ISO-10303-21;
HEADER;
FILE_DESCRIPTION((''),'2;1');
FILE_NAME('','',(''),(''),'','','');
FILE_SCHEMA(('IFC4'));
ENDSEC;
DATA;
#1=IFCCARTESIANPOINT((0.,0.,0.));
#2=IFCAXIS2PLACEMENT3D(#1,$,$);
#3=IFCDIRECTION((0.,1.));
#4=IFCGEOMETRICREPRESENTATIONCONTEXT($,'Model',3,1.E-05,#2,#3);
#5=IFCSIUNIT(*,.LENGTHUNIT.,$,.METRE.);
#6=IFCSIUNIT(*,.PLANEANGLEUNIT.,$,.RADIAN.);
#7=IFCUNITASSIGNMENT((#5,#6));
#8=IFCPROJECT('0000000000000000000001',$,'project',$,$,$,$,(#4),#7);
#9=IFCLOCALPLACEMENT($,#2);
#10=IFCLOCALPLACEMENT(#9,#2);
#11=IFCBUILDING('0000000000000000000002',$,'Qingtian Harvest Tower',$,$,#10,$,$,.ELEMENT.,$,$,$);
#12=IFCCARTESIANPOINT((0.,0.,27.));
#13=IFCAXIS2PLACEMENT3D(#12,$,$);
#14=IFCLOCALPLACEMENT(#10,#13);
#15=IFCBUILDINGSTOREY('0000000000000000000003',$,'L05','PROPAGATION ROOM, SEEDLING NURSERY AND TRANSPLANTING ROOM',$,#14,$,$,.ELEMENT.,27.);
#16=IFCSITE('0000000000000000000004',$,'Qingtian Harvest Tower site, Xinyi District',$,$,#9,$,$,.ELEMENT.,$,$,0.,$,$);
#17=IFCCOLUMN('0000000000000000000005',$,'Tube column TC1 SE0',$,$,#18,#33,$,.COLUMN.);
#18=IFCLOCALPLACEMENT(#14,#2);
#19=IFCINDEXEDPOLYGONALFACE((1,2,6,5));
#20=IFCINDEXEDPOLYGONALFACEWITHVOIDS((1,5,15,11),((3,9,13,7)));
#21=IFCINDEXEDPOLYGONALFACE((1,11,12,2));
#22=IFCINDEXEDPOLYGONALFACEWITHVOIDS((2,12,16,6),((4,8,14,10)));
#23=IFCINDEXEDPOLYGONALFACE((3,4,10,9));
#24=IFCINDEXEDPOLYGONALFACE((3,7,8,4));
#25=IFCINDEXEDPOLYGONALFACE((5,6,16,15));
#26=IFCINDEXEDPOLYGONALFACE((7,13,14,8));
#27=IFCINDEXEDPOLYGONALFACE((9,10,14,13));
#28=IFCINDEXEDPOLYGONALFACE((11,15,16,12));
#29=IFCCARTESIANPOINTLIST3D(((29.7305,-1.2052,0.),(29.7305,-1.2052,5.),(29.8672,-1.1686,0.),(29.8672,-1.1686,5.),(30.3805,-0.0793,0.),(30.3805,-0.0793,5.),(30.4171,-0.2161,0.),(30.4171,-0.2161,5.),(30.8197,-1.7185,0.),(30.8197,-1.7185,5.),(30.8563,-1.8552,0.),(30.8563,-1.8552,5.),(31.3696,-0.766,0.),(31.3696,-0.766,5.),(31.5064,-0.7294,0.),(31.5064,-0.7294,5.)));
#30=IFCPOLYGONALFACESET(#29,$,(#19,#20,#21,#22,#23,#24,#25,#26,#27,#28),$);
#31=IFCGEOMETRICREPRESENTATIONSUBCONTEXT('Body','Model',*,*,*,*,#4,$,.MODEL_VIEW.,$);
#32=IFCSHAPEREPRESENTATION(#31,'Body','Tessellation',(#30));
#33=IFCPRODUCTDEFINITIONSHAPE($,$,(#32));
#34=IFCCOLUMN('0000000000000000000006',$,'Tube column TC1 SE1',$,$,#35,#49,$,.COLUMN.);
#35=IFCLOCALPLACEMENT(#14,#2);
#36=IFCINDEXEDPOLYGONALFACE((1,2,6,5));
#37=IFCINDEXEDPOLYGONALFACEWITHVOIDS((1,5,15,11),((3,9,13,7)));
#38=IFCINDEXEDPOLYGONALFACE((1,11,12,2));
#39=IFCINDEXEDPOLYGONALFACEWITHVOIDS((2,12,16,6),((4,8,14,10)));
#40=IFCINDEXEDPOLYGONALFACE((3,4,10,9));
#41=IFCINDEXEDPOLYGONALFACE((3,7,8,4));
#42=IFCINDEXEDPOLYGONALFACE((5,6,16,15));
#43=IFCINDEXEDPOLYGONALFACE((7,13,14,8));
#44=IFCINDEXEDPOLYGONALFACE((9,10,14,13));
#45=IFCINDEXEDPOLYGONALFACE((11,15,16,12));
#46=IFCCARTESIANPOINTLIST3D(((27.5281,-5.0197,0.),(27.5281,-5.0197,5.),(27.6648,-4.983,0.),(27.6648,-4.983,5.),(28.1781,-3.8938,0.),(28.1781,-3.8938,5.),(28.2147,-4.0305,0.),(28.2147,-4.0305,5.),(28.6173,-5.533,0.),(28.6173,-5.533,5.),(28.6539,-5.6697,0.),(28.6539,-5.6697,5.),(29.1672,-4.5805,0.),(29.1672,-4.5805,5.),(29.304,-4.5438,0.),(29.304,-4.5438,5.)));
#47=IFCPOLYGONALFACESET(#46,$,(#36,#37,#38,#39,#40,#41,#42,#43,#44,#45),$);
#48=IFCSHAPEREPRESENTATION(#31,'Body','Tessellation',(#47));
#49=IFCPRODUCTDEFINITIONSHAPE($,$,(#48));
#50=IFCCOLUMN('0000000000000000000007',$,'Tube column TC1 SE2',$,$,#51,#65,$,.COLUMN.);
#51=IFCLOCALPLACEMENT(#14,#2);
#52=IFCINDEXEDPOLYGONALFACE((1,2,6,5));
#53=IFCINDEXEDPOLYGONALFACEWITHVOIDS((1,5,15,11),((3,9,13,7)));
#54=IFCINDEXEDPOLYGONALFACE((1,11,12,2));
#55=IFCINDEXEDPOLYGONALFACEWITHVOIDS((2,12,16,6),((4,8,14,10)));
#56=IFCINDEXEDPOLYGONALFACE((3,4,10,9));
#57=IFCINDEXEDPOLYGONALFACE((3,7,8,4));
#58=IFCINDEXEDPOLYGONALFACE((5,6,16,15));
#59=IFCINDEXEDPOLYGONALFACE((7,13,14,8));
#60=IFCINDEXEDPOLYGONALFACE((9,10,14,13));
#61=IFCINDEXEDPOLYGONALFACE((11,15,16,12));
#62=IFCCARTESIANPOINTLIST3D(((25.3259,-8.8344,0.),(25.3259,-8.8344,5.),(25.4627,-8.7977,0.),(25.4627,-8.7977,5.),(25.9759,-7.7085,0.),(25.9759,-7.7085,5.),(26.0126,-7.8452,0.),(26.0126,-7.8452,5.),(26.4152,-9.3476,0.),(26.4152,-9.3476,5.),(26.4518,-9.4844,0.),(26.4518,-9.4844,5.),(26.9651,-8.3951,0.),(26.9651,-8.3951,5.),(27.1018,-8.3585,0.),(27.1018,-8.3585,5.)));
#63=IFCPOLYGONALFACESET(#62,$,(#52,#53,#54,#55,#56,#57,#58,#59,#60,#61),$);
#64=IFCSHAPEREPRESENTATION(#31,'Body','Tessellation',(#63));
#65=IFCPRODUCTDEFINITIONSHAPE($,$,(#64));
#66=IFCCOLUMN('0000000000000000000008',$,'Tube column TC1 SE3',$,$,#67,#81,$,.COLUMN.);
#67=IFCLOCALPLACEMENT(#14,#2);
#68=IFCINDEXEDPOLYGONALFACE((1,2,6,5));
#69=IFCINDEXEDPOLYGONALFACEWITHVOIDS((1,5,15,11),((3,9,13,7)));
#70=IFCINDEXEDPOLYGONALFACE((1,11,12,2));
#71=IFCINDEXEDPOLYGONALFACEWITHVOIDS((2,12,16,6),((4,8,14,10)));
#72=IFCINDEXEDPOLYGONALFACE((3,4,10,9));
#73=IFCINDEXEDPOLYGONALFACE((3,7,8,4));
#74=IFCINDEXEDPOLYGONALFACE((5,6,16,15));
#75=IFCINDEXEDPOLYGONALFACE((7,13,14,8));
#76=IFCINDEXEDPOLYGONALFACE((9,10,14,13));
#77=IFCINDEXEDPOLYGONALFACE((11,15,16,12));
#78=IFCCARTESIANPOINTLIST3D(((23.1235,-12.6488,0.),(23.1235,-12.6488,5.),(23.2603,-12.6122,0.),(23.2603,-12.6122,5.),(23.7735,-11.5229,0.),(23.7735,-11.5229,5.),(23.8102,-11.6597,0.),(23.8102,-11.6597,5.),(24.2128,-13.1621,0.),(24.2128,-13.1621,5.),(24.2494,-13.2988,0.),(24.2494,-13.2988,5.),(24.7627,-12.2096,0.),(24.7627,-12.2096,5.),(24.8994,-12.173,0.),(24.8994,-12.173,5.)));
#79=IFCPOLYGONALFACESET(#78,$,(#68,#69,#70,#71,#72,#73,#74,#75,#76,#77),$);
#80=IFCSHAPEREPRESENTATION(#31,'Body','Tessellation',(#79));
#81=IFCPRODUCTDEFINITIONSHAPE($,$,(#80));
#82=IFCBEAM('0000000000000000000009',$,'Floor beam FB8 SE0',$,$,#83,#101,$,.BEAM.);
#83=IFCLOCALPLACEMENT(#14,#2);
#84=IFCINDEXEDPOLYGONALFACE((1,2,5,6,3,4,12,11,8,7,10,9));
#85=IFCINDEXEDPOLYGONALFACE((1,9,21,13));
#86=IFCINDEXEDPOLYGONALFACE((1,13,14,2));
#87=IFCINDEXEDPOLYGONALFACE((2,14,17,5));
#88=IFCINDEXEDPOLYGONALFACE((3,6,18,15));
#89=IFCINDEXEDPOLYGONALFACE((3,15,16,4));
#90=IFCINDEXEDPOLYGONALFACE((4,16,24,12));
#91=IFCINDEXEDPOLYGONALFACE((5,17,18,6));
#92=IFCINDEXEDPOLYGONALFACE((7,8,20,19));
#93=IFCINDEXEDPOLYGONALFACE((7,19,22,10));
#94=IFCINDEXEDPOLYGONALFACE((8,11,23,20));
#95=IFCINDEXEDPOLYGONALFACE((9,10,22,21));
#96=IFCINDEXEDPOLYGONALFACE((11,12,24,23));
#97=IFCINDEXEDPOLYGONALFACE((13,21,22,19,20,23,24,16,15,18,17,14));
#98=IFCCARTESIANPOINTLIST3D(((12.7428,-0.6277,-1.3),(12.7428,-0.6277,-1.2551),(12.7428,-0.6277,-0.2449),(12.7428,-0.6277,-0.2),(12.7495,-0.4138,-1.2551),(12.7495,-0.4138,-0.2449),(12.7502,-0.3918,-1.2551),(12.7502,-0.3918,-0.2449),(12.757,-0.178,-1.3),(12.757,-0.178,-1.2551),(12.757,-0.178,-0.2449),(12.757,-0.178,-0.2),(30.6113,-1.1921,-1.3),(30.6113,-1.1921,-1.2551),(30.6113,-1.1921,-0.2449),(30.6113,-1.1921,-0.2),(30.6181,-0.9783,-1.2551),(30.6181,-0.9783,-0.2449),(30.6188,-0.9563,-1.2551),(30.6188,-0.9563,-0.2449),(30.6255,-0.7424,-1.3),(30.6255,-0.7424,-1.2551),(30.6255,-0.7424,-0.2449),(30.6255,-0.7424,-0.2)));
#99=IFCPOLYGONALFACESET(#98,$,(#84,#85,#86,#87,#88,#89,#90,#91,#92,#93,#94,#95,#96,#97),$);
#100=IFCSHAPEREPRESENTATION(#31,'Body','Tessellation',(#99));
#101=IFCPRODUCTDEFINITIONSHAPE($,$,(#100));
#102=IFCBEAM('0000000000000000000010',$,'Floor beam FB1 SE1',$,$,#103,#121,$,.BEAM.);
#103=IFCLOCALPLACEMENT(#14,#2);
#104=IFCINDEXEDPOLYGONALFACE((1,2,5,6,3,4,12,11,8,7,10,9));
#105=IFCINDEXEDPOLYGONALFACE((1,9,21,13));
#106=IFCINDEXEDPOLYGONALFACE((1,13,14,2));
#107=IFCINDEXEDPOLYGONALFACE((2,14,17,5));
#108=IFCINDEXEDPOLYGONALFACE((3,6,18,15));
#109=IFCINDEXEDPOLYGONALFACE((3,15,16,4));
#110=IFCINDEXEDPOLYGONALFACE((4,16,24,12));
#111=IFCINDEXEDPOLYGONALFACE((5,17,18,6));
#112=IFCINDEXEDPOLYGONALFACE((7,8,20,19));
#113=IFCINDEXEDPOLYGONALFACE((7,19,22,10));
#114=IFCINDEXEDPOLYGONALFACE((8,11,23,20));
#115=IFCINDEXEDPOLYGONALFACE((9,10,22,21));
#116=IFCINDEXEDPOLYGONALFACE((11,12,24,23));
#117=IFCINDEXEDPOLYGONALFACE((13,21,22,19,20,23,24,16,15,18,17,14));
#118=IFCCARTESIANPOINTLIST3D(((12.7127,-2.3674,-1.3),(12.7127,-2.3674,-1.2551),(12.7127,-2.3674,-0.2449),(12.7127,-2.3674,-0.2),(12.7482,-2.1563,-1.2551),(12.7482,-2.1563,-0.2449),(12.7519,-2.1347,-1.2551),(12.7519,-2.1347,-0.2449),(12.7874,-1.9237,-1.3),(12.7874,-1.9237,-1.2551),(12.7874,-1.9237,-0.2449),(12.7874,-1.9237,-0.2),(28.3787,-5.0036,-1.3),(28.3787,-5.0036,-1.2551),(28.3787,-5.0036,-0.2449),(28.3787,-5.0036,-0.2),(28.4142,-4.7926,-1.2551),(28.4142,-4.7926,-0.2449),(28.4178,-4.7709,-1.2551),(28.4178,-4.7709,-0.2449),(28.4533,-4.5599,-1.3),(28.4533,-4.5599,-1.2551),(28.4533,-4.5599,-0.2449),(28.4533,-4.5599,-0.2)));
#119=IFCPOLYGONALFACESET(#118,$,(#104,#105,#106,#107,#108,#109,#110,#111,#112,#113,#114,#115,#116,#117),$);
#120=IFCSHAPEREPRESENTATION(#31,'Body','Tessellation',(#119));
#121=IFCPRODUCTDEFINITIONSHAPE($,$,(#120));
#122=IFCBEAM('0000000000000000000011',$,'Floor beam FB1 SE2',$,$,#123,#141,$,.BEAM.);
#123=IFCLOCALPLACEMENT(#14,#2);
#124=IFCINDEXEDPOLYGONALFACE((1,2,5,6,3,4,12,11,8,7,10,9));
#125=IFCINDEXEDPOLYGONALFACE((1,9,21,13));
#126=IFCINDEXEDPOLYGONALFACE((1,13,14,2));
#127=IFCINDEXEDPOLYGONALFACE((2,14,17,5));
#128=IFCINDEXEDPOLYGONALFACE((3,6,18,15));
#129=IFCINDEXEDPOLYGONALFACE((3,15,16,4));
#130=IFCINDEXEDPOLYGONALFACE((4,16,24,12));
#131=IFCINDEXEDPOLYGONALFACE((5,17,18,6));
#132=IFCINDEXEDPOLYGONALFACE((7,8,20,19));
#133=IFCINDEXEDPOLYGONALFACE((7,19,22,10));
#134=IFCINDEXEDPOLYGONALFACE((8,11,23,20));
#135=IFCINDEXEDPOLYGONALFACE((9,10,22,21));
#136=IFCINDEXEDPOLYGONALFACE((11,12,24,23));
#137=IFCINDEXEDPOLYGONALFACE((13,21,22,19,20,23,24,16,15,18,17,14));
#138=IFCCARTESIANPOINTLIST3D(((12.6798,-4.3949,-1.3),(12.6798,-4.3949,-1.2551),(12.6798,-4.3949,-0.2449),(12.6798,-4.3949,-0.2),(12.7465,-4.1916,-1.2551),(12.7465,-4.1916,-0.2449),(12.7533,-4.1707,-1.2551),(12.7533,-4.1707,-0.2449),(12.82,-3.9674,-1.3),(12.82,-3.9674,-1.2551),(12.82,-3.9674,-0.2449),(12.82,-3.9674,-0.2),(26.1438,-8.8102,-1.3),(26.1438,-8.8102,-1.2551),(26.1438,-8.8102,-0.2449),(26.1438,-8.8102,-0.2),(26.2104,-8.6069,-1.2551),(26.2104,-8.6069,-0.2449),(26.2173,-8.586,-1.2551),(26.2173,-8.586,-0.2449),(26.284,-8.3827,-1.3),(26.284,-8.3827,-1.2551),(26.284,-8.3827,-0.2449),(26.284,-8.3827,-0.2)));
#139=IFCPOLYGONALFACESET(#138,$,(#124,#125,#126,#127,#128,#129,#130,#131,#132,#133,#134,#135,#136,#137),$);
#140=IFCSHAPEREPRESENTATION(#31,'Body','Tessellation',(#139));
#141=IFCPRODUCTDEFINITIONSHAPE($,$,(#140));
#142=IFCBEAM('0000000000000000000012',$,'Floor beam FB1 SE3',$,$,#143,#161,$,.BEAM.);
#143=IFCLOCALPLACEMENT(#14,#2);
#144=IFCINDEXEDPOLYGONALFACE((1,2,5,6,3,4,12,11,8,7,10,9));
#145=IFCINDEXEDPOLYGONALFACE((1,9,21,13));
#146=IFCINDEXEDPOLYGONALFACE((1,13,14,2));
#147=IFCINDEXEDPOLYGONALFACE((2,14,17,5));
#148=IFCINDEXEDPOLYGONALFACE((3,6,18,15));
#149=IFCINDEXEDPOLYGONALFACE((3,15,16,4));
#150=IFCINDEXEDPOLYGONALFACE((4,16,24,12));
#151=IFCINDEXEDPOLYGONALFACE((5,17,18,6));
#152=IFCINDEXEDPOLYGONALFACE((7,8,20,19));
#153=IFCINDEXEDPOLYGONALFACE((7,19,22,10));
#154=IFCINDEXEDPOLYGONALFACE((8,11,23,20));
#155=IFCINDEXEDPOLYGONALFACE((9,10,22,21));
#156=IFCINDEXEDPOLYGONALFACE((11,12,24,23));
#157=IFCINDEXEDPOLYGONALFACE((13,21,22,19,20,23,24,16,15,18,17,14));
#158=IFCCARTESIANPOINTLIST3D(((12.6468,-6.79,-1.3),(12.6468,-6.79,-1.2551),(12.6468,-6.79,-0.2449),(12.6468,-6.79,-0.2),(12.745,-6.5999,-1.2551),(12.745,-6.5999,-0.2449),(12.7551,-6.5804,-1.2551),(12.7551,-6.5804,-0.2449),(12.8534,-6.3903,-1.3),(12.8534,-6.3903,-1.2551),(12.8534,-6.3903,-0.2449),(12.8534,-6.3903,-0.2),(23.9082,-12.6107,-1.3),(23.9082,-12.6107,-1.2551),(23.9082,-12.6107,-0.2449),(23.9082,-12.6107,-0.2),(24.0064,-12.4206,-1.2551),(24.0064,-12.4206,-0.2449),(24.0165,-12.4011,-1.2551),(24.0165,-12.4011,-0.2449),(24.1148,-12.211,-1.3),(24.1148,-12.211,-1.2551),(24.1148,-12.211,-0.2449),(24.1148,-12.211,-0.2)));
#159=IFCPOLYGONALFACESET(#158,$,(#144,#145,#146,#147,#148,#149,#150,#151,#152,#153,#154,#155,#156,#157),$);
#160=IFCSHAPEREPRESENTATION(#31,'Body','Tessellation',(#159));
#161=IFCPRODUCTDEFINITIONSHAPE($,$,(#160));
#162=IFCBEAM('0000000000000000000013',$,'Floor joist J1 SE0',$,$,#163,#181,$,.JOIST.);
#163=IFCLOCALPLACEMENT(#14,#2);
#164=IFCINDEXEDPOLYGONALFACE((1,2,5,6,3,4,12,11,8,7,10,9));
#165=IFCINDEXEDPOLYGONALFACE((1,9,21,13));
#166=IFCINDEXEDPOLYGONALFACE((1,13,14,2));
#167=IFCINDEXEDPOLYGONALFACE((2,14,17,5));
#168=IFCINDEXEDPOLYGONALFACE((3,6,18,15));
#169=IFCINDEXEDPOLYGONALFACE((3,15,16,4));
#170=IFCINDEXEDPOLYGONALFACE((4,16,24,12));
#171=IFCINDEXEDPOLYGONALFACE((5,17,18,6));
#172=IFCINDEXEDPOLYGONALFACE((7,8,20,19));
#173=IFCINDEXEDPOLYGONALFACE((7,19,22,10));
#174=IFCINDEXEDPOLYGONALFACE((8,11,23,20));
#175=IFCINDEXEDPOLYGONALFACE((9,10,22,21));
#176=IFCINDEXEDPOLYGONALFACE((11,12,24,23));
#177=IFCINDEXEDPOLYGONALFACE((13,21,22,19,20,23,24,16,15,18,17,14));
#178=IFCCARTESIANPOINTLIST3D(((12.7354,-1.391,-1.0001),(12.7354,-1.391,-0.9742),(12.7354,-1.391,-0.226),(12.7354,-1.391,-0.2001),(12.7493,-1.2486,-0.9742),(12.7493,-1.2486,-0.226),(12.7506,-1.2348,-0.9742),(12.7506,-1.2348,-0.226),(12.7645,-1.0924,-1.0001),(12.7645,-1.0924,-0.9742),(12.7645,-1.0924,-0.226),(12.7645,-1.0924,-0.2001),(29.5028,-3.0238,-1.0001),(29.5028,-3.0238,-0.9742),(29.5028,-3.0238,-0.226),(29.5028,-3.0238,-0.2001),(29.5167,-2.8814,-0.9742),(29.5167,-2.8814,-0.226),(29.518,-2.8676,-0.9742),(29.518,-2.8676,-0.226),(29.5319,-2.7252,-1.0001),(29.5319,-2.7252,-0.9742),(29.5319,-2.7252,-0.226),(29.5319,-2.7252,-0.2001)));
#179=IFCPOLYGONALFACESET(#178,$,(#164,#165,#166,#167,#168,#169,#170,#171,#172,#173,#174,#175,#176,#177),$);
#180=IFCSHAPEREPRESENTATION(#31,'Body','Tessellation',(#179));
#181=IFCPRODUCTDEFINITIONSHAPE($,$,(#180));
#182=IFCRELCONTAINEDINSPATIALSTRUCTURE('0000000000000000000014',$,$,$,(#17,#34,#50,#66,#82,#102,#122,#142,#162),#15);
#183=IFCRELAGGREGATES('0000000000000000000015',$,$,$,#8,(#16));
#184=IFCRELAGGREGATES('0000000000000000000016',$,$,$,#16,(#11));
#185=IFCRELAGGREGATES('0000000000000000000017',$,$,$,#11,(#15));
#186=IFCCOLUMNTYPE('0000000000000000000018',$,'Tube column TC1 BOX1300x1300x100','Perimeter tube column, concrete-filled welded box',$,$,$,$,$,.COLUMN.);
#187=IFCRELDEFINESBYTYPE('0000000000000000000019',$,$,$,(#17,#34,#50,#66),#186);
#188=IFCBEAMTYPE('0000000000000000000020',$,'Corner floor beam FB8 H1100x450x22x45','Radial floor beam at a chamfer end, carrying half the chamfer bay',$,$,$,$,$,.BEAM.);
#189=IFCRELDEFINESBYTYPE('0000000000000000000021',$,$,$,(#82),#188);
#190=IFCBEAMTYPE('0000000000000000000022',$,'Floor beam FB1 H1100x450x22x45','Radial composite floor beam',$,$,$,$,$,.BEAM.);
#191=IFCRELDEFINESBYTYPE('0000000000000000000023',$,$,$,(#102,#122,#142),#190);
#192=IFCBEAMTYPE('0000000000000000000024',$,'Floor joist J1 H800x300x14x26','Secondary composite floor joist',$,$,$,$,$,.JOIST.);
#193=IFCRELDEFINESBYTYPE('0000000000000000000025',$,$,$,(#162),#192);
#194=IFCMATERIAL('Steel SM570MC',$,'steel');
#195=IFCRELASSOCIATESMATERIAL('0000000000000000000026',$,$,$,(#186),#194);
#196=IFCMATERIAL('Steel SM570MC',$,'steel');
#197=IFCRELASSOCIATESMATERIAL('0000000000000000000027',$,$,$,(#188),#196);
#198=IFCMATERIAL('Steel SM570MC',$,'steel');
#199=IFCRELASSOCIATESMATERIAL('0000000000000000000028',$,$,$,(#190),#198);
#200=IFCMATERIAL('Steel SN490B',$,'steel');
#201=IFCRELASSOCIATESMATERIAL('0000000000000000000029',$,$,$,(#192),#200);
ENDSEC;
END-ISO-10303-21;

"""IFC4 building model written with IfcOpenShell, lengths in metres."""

from ifc_helpers import new_model, si_unit, direction, frame, origin, origin_2d, place, context, subcontext, project, spatial, hollow_rectangle, i_section, extrude, material, material_profile, profile_set, type_object, element, save


model = new_model("IFC4")

# Units and contexts
model_context = context("Model", 3, precision=1e-05, world=origin(), true_north=direction((0.0, 1.0)))
body_context = subcontext(model_context, "Body", "Model", "MODEL_VIEW")
ifc_project = project(units=[si_unit("LENGTHUNIT", "METRE"), si_unit("PLANEANGLEUNIT", "RADIAN")], contexts=[model_context])

# Site, building, storey
site_placement = place(None, origin())
site = spatial("IfcSite", under=ifc_project, at=site_placement, Name="Qingtian Harvest Tower site, Xinyi District", CompositionType="ELEMENT", RefElevation=0.0)
building_placement = place(site_placement, origin())
building = spatial("IfcBuilding", under=site, at=building_placement, Name="Qingtian Harvest Tower", CompositionType="ELEMENT")
storey_placement = place(building_placement, frame((0.0, 0.0, 27.0)))
storey = spatial("IfcBuildingStorey", under=building, at=storey_placement, Name="L05", Description="PROPAGATION ROOM, SEEDLING NURSERY AND TRANSPLANTING ROOM", CompositionType="ELEMENT", Elevation=27.0)

# Columns
ifc_material_1 = material(Name="Steel SM570MC", Category="steel")
ifc_material_profile_1 = material_profile(ifc_material_1, hollow_rectangle(XDim=1.3, YDim=1.3, WallThickness=0.1001, at=origin_2d()), Name="BOX1300x1300x100")
ifc_profile_set_1 = profile_set([ifc_material_profile_1], Name="Steel SM570MC")
column_type = type_object("IfcColumnType", Name="Tube column TC1 BOX1300x1300x100", Description="Perimeter tube column, concrete-filled welded box", PredefinedType="COLUMN", material=ifc_profile_set_1)
for number, where, z_axis, x_axis, name in (
    (1, (30.6184, -0.9673, 0.0), (0.0, 0.0, 1.0), (0.5, 0.866025, 0.0), "Tube column TC1 SE0"),
    (2, (28.416, -4.7817, 0.0), (0.0, 0.0, 1.0), (0.5, 0.866025, 0.0), "Tube column TC1 SE1"),
    (3, (26.2139, -8.5964, 0.0), (0.0, 0.0, 1.0), (0.5, 0.866025, 0.0), "Tube column TC1 SE2"),
    (4, (24.0115, -12.4109, 0.0), (0.0, 0.0, 1.0), (0.5, 0.866025, 0.0), "Tube column TC1 SE3"),
):
    element("IfcColumn", number, at=place(storey_placement, frame(where, z_axis=z_axis, x_axis=x_axis)), inside=storey, type_object=column_type, Name=name, PredefinedType="COLUMN", context=body_context, shape_type="SweptSolid", body=[
        extrude(hollow_rectangle(XDim=1.3, YDim=1.3, WallThickness=0.1001, at=origin_2d()), origin(), (0.0, 0.0, 1.0), 5.0),
    ])

# Beams
ifc_material_2 = material(Name="Steel SM570MC", Category="steel")
ifc_material_profile_2 = material_profile(ifc_material_2, i_section(OverallWidth=0.45, OverallDepth=1.1001, WebThickness=0.022, FlangeThickness=0.0449, at=origin_2d()), Name="H1100x450x22x45")
ifc_profile_set_2 = profile_set([ifc_material_profile_2], Name="Steel SM570MC")
beam_type_1 = type_object("IfcBeamType", Name="Corner floor beam FB8 H1100x450x22x45", Description="Radial floor beam at a chamfer end, carrying half the chamfer bay", PredefinedType="BEAM", material=ifc_profile_set_2)
beam_1_placement = place(storey_placement, frame((30.6184, -0.9673, -0.75), z_axis=(-0.999501, 0.031574, 0.0), x_axis=(-0.031574, -0.999501, 0.0)))
element("IfcBeam", 5, at=beam_1_placement, inside=storey, type_object=beam_type_1, Name="Floor beam FB8 SE0", PredefinedType="BEAM", context=body_context, shape_type="SweptSolid", body=[
    extrude(i_section(OverallWidth=0.45, OverallDepth=1.1001, WebThickness=0.022, FlangeThickness=0.0449, at=origin_2d()), origin(), (0.0, 0.0, 1.0), 17.8774),
])
ifc_material_3 = material(Name="Steel SM570MC", Category="steel")
ifc_material_profile_3 = material_profile(ifc_material_3, i_section(OverallWidth=0.45, OverallDepth=1.1001, WebThickness=0.022, FlangeThickness=0.0449, at=origin_2d()), Name="H1100x450x22x45")
ifc_profile_set_3 = profile_set([ifc_material_profile_3], Name="Steel SM570MC")
beam_type_2 = type_object("IfcBeamType", Name="Floor beam FB1 H1100x450x22x45", Description="Radial composite floor beam", PredefinedType="BEAM", material=ifc_profile_set_3)
beam_2_placement = place(storey_placement, frame((28.416, -4.7817, -0.75), z_axis=(-0.986135, 0.165944, 0.0), x_axis=(-0.165944, -0.986135, 0.0)))
element("IfcBeam", 6, at=beam_2_placement, inside=storey, type_object=beam_type_2, Name="Floor beam FB1 SE1", PredefinedType="BEAM", context=body_context, shape_type="SweptSolid", body=[
    extrude(i_section(OverallWidth=0.45, OverallDepth=1.1001, WebThickness=0.022, FlangeThickness=0.0449, at=origin_2d()), origin(), (0.0, 0.0, 1.0), 15.8862),
])
beam_3_placement = place(storey_placement, frame((26.2139, -8.5964, -0.75), z_axis=(-0.950211, 0.311608, 0.0), x_axis=(-0.311608, -0.950211, 0.0)))
element("IfcBeam", 7, at=beam_3_placement, inside=storey, type_object=beam_type_2, Name="Floor beam FB1 SE2", PredefinedType="BEAM", context=body_context, shape_type="SweptSolid", body=[
    extrude(i_section(OverallWidth=0.45, OverallDepth=1.1001, WebThickness=0.022, FlangeThickness=0.0449, at=origin_2d()), origin(), (0.0, 0.0, 1.0), 14.1694),
])
beam_4_placement = place(storey_placement, frame((24.0115, -12.4109, -0.75), z_axis=(-0.88835, 0.459168, 0.0), x_axis=(-0.459168, -0.88835, 0.0)))
element("IfcBeam", 8, at=beam_4_placement, inside=storey, type_object=beam_type_2, Name="Floor beam FB1 SE3", PredefinedType="BEAM", context=body_context, shape_type="SweptSolid", body=[
    extrude(i_section(OverallWidth=0.45, OverallDepth=1.1001, WebThickness=0.022, FlangeThickness=0.0449, at=origin_2d()), origin(), (0.0, 0.0, 1.0), 12.6768),
])
ifc_material_4 = material(Name="Steel SN490B", Category="steel")
ifc_material_profile_4 = material_profile(ifc_material_4, i_section(OverallWidth=0.3, OverallDepth=0.8, WebThickness=0.0139, FlangeThickness=0.0259, at=origin_2d()), Name="H800x300x14x26")
ifc_profile_set_4 = profile_set([ifc_material_profile_4], Name="Steel SN490B")
beam_type_3 = type_object("IfcBeamType", Name="Floor joist J1 H800x300x14x26", Description="Secondary composite floor joist", PredefinedType="JOIST", material=ifc_profile_set_4)
beam_5_placement = place(storey_placement, frame((29.5173, -2.8745, -0.6001), z_axis=(-0.995292, 0.096922, 0.0), x_axis=(-0.096922, -0.995292, 0.0)))
element("IfcBeam", 9, at=beam_5_placement, inside=storey, type_object=beam_type_3, Name="Floor joist J1 SE0", PredefinedType="JOIST", context=body_context, shape_type="SweptSolid", body=[
    extrude(i_section(OverallWidth=0.3, OverallDepth=0.8, WebThickness=0.0139, FlangeThickness=0.0259, at=origin_2d()), origin(), (0.0, 0.0, 1.0), 16.8467),
])

save(model, "model.ifc")
